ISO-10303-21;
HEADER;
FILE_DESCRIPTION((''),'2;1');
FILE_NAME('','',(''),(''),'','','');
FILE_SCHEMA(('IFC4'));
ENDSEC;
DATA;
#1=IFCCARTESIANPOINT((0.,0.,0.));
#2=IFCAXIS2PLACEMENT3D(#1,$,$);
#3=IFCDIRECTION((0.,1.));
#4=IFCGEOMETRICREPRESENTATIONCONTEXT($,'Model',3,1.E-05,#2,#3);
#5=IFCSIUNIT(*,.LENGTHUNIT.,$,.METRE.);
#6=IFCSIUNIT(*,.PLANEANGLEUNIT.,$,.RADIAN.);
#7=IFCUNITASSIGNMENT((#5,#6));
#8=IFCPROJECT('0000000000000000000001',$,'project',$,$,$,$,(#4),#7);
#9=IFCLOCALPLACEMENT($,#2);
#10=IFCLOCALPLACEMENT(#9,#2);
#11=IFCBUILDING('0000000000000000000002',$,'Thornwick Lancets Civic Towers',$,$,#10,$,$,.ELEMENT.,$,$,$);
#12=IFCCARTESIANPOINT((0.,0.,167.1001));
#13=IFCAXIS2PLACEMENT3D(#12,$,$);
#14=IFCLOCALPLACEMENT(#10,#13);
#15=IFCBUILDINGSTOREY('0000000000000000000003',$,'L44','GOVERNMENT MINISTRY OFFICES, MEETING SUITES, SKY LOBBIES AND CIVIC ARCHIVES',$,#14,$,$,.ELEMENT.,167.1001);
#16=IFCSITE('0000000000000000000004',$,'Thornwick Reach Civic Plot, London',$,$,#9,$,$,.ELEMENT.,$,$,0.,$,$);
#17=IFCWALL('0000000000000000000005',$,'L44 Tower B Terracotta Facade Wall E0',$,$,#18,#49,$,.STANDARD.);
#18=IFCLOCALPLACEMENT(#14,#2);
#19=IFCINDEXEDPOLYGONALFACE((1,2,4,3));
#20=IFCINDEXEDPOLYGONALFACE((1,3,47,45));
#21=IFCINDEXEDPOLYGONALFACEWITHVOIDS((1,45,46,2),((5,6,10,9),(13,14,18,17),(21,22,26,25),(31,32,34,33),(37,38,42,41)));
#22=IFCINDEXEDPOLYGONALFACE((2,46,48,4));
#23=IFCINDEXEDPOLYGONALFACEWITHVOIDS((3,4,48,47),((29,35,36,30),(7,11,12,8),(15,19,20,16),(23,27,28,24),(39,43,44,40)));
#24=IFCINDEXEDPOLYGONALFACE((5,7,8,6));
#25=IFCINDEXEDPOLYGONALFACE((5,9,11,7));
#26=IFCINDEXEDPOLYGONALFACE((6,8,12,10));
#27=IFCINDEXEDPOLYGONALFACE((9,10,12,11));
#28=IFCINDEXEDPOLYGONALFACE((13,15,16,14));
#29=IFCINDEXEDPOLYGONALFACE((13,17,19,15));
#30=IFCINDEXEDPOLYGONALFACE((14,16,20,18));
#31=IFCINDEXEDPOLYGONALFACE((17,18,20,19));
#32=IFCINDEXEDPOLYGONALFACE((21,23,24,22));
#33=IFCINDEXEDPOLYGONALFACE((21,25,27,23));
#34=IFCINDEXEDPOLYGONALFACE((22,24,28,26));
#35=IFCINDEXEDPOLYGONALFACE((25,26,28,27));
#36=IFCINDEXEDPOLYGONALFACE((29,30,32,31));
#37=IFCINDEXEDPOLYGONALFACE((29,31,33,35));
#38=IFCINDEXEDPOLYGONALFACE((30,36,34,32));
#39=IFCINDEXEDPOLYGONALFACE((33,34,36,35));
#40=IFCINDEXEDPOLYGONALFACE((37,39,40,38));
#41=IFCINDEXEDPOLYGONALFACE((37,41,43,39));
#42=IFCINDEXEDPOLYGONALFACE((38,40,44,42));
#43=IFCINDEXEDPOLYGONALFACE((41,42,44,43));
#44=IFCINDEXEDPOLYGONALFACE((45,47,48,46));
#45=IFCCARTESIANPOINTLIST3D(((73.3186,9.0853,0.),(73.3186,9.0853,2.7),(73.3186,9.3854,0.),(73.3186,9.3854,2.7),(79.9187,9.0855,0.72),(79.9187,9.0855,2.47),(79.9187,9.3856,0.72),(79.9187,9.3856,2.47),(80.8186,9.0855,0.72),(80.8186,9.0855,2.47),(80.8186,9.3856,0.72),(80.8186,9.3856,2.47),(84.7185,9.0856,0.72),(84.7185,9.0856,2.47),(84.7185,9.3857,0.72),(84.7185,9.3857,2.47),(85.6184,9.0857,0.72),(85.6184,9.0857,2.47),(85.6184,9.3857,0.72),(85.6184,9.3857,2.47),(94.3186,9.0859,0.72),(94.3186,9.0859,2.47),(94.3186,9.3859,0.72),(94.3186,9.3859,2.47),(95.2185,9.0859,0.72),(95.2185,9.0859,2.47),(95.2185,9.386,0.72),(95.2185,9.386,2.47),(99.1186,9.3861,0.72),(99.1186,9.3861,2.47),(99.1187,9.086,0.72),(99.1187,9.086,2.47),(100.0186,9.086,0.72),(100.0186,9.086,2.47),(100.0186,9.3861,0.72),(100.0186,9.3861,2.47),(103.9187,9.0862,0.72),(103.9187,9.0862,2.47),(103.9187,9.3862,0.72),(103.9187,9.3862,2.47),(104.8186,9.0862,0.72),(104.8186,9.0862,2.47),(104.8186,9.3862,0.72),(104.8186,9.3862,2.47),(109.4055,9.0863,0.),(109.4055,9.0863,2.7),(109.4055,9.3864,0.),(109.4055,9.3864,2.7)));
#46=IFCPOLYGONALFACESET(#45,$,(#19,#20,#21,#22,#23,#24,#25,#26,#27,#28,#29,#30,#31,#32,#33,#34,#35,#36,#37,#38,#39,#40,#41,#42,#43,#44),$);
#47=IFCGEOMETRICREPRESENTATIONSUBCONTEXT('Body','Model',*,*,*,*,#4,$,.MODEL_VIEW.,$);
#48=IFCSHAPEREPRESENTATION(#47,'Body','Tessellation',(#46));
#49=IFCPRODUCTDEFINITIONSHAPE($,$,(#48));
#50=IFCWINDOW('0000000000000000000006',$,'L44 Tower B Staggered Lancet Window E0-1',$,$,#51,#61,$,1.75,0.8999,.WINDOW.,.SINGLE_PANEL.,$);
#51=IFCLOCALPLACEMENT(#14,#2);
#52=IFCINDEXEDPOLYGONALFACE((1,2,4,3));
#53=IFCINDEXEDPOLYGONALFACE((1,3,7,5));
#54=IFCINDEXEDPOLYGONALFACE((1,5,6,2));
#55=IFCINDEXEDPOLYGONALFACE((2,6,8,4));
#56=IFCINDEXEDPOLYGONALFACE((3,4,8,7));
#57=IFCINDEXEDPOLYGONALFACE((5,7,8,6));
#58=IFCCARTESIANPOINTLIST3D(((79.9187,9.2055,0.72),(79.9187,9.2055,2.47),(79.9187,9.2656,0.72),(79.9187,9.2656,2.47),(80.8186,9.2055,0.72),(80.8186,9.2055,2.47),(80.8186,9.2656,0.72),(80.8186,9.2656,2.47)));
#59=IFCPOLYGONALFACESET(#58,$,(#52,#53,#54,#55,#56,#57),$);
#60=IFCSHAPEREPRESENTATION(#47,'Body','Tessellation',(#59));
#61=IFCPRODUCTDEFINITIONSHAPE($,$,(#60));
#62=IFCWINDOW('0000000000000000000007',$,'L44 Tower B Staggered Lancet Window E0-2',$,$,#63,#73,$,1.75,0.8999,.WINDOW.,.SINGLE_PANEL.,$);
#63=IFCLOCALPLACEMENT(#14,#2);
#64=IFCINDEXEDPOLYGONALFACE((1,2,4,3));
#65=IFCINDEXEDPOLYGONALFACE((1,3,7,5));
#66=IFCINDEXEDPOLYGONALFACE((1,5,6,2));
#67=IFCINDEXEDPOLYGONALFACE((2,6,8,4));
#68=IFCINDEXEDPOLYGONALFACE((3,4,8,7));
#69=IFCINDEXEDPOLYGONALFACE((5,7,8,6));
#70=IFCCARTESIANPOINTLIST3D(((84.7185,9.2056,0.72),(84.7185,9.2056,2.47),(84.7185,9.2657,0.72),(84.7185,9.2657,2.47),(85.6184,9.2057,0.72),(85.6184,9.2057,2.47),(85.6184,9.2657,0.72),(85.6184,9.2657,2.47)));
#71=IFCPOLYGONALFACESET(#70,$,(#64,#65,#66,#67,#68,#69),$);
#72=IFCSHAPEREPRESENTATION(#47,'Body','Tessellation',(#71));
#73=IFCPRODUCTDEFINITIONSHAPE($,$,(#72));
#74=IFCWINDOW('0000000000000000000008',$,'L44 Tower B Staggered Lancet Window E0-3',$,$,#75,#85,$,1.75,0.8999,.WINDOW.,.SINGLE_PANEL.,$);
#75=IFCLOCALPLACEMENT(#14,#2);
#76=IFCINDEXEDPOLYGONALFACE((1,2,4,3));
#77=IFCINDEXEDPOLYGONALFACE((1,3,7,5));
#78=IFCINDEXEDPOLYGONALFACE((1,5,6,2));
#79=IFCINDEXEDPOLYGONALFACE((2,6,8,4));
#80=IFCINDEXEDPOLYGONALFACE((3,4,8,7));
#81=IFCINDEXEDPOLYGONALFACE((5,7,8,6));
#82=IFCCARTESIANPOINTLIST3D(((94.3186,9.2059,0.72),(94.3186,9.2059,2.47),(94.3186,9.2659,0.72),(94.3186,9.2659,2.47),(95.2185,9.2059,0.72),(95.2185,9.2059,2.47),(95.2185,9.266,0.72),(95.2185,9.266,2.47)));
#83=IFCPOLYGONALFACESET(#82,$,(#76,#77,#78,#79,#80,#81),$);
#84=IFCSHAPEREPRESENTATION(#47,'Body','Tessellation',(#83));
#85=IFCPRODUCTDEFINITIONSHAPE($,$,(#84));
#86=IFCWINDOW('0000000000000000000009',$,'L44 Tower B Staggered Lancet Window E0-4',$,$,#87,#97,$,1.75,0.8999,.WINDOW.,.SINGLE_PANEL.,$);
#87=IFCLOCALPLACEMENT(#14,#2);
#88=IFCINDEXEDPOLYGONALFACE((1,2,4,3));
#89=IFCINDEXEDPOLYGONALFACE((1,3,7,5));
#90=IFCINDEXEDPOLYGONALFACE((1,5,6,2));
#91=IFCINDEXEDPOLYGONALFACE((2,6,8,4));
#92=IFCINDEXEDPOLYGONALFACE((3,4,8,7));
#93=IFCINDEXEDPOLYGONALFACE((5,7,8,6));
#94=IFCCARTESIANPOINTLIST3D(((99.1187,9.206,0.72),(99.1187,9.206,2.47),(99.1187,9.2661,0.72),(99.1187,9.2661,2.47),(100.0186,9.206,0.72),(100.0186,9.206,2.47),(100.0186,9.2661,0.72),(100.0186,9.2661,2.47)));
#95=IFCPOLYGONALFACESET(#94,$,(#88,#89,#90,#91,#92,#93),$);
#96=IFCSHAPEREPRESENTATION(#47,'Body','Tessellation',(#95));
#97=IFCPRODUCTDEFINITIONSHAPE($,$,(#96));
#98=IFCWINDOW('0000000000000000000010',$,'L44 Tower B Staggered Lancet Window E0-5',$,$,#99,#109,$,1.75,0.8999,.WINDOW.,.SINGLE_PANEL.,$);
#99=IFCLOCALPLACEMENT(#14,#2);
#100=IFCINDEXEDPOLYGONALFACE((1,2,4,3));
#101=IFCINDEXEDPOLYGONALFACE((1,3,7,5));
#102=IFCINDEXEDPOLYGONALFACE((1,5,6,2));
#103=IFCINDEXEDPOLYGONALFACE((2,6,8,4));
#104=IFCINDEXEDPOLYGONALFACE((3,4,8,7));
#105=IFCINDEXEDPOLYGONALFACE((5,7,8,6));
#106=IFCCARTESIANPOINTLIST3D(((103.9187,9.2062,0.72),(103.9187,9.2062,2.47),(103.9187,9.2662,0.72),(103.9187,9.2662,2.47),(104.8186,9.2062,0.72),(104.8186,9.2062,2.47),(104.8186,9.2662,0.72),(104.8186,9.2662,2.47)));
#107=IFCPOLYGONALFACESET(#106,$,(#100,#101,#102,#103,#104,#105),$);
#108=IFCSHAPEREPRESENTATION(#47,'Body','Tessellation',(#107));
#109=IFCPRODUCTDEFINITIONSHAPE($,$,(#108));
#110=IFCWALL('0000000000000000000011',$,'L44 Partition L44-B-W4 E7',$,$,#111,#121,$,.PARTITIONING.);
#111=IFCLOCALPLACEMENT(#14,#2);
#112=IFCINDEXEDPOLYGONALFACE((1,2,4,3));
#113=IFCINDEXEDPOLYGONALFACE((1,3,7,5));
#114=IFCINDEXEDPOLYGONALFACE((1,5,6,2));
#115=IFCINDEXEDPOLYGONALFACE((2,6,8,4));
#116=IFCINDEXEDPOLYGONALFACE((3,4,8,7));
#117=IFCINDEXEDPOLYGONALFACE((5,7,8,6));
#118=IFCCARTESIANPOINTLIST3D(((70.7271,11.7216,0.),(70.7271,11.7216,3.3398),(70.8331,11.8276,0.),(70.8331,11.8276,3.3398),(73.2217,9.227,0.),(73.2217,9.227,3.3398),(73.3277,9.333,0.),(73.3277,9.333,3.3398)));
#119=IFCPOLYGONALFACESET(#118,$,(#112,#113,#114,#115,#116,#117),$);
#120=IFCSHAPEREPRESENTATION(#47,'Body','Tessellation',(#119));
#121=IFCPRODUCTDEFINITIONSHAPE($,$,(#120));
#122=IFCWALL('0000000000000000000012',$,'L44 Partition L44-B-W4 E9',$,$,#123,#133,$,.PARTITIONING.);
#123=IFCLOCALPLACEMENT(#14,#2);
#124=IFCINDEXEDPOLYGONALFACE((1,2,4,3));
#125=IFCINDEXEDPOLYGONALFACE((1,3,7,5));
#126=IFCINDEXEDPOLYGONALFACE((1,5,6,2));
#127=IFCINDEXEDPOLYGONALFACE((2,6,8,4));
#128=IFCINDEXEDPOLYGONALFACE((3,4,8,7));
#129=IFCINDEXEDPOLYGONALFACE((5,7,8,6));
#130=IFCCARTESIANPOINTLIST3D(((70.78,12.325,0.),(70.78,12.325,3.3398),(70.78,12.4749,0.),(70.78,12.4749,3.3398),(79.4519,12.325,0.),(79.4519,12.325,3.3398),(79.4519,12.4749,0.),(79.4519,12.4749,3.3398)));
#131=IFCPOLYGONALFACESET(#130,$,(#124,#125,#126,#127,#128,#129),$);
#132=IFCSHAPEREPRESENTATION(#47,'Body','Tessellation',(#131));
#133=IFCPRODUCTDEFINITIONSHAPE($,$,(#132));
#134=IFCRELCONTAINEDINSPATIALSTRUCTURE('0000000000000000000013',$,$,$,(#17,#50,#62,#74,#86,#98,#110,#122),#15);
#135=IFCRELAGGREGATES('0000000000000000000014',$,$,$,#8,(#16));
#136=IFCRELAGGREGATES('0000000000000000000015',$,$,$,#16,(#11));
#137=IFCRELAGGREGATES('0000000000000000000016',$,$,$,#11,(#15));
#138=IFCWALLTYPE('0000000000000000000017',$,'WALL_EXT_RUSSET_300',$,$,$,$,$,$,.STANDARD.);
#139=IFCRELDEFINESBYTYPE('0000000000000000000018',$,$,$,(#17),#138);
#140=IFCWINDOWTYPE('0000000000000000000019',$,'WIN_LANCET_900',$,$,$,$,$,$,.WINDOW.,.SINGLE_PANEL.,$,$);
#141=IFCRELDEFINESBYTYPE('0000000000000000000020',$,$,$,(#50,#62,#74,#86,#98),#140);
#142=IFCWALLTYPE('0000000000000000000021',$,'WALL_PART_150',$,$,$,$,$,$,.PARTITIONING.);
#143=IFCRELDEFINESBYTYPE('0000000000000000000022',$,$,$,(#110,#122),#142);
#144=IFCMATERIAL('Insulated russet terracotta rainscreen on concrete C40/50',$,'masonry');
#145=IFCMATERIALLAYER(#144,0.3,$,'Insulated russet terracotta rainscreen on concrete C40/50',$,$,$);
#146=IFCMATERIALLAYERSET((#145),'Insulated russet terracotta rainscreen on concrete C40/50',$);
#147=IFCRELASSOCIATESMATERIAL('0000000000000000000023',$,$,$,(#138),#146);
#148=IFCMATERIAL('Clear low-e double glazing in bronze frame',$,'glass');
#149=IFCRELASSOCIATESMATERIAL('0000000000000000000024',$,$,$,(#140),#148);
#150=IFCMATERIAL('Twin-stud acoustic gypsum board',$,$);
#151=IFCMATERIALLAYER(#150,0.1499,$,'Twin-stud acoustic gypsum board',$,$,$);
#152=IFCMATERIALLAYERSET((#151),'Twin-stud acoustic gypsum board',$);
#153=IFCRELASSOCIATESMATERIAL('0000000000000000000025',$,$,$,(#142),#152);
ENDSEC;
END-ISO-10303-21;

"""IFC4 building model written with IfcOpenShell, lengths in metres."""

from ifc_helpers import new_model, si_unit, direction, frame, frame_2d, origin, place, context, subcontext, project, spatial, rectangle, extrude, material, layer, layer_set, type_object, element, fill, save


model = new_model("IFC4")

# Units and contexts
model_context = context("Model", 3, precision=1e-05, world=origin(), true_north=direction((0.0, 1.0)))
body_context = subcontext(model_context, "Body", "Model", "MODEL_VIEW")
ifc_project = project(units=[si_unit("LENGTHUNIT", "METRE"), si_unit("PLANEANGLEUNIT", "RADIAN")], contexts=[model_context])

# Site, building, storey
site_placement = place(None, origin())
site = spatial("IfcSite", under=ifc_project, at=site_placement, Name="Thornwick Reach Civic Plot, London", CompositionType="ELEMENT", RefElevation=0.0)
building_placement = place(site_placement, origin())
building = spatial("IfcBuilding", under=site, at=building_placement, Name="Thornwick Lancets Civic Towers", CompositionType="ELEMENT")
storey_placement = place(building_placement, frame((0.0, 0.0, 167.1001)))
storey = spatial("IfcBuildingStorey", under=building, at=storey_placement, Name="L44", Description="GOVERNMENT MINISTRY OFFICES, MEETING SUITES, SKY LOBBIES AND CIVIC ARCHIVES", CompositionType="ELEMENT", Elevation=167.1001)

# Wall, openings, windows
ifc_material_1 = material(Name="Insulated russet terracotta rainscreen on concrete C40/50", Category="masonry")
ifc_layer_1 = layer(ifc_material_1, 0.3, Name="Insulated russet terracotta rainscreen on concrete C40/50")
ifc_layer_set_1 = layer_set([ifc_layer_1], Name="Insulated russet terracotta rainscreen on concrete C40/50")
wall_type_1 = type_object("IfcWallType", Name="WALL_EXT_RUSSET_300", PredefinedType="STANDARD", material=ifc_layer_set_1)
ifc_material_2 = material(Name="Clear low-e double glazing in bronze frame", Category="glass")
window_type = type_object("IfcWindowType", Name="WIN_LANCET_900", PartitioningType="SINGLE_PANEL", PredefinedType="WINDOW", material=ifc_material_2)
wall_1_placement = place(storey_placement, frame((73.3186, 9.2354, 0.0), z_axis=(0.0, 0.0, 1.0), x_axis=(1.0, 0.000027, 0.0)))
wall_1 = element("IfcWall", 1, at=wall_1_placement, inside=storey, type_object=wall_type_1, Name="L44 Tower B Terracotta Facade Wall E0", PredefinedType="STANDARD", context=body_context, shape_type="SweptSolid", body=[
    extrude(rectangle(XDim=36.0869, YDim=0.3, at=frame_2d((18.0435, 0.0))), origin(), (0.0, 0.0, 1.0), 2.7),
])
opening_1_placement = place(wall_1_placement, frame((6.6001, 0.0, 0.72)))
opening_1 = element("IfcOpeningElement", 2, at=opening_1_placement, cuts=wall_1, PredefinedType="OPENING", context=body_context, shape_type="SweptSolid", body=[
    extrude(rectangle(XDim=0.8999, YDim=1.75, at=frame_2d((0.45, 0.875))), frame((0.0, 0.1602, 0.0), z_axis=(0.0, -1.0, 0.0), x_axis=(1.0, 0.0, 0.0)), (0.0, 0.0, 1.0), 0.3201),
])
opening_2_placement = place(wall_1_placement, frame((11.3999, 0.0, 0.72)))
opening_2 = element("IfcOpeningElement", 3, at=opening_2_placement, cuts=wall_1, PredefinedType="OPENING", context=body_context, shape_type="SweptSolid", body=[
    extrude(rectangle(XDim=0.8999, YDim=1.75, at=frame_2d((0.45, 0.875))), frame((0.0, 0.1602, 0.0), z_axis=(0.0, -1.0, 0.0), x_axis=(1.0, 0.0, 0.0)), (0.0, 0.0, 1.0), 0.3201),
])
opening_3_placement = place(wall_1_placement, frame((21.0, 0.0, 0.72)))
opening_3 = element("IfcOpeningElement", 4, at=opening_3_placement, cuts=wall_1, PredefinedType="OPENING", context=body_context, shape_type="SweptSolid", body=[
    extrude(rectangle(XDim=0.8999, YDim=1.75, at=frame_2d((0.45, 0.875))), frame((0.0, 0.1602, 0.0), z_axis=(0.0, -1.0, 0.0), x_axis=(1.0, 0.0, 0.0)), (0.0, 0.0, 1.0), 0.3201),
])
opening_4_placement = place(wall_1_placement, frame((25.8, 0.0, 0.72)))
opening_4 = element("IfcOpeningElement", 5, at=opening_4_placement, cuts=wall_1, PredefinedType="OPENING", context=body_context, shape_type="SweptSolid", body=[
    extrude(rectangle(XDim=0.8999, YDim=1.75, at=frame_2d((0.45, 0.875))), frame((0.0, 0.1602, 0.0), z_axis=(0.0, -1.0, 0.0), x_axis=(1.0, 0.0, 0.0)), (0.0, 0.0, 1.0), 0.3201),
])
opening_5_placement = place(wall_1_placement, frame((30.6001, 0.0, 0.72)))
opening_5 = element("IfcOpeningElement", 6, at=opening_5_placement, cuts=wall_1, PredefinedType="OPENING", context=body_context, shape_type="SweptSolid", body=[
    extrude(rectangle(XDim=0.8999, YDim=1.75, at=frame_2d((0.45, 0.875))), frame((0.0, 0.1602, 0.0), z_axis=(0.0, -1.0, 0.0), x_axis=(1.0, 0.0, 0.0)), (0.0, 0.0, 1.0), 0.3201),
])
window_1_placement = place(opening_1_placement, origin())
window_1 = element("IfcWindow", 7, at=window_1_placement, inside=storey, type_object=window_type, Name="L44 Tower B Staggered Lancet Window E0-1", OverallHeight=1.75, OverallWidth=0.8999, PartitioningType="SINGLE_PANEL", PredefinedType="WINDOW", context=body_context, shape_type="SweptSolid", body=[
    extrude(rectangle(XDim=0.8999, YDim=1.75, at=frame_2d((0.45, 0.875))), frame((0.0, 0.03, 0.0), z_axis=(0.0, -1.0, 0.0), x_axis=(1.0, 0.0, 0.0)), (0.0, 0.0, 1.0), 0.0601),
])
fill(opening_1, window_1)
window_2_placement = place(opening_2_placement, origin())
window_2 = element("IfcWindow", 8, at=window_2_placement, inside=storey, type_object=window_type, Name="L44 Tower B Staggered Lancet Window E0-2", OverallHeight=1.75, OverallWidth=0.8999, PartitioningType="SINGLE_PANEL", PredefinedType="WINDOW", context=body_context, shape_type="SweptSolid", body=[
    extrude(rectangle(XDim=0.8999, YDim=1.75, at=frame_2d((0.45, 0.875))), frame((0.0, 0.03, 0.0), z_axis=(0.0, -1.0, 0.0), x_axis=(1.0, 0.0, 0.0)), (0.0, 0.0, 1.0), 0.0601),
])
fill(opening_2, window_2)
window_3_placement = place(opening_3_placement, origin())
window_3 = element("IfcWindow", 9, at=window_3_placement, inside=storey, type_object=window_type, Name="L44 Tower B Staggered Lancet Window E0-3", OverallHeight=1.75, OverallWidth=0.8999, PartitioningType="SINGLE_PANEL", PredefinedType="WINDOW", context=body_context, shape_type="SweptSolid", body=[
    extrude(rectangle(XDim=0.8999, YDim=1.75, at=frame_2d((0.45, 0.875))), frame((0.0, 0.03, 0.0), z_axis=(0.0, -1.0, 0.0), x_axis=(1.0, 0.0, 0.0)), (0.0, 0.0, 1.0), 0.0601),
])
fill(opening_3, window_3)
window_4_placement = place(opening_4_placement, origin())
window_4 = element("IfcWindow", 10, at=window_4_placement, inside=storey, type_object=window_type, Name="L44 Tower B Staggered Lancet Window E0-4", OverallHeight=1.75, OverallWidth=0.8999, PartitioningType="SINGLE_PANEL", PredefinedType="WINDOW", context=body_context, shape_type="SweptSolid", body=[
    extrude(rectangle(XDim=0.8999, YDim=1.75, at=frame_2d((0.45, 0.875))), frame((0.0, 0.03, 0.0), z_axis=(0.0, -1.0, 0.0), x_axis=(1.0, 0.0, 0.0)), (0.0, 0.0, 1.0), 0.0601),
])
fill(opening_4, window_4)
window_5_placement = place(opening_5_placement, origin())
window_5 = element("IfcWindow", 11, at=window_5_placement, inside=storey, type_object=window_type, Name="L44 Tower B Staggered Lancet Window E0-5", OverallHeight=1.75, OverallWidth=0.8999, PartitioningType="SINGLE_PANEL", PredefinedType="WINDOW", context=body_context, shape_type="SweptSolid", body=[
    extrude(rectangle(XDim=0.8999, YDim=1.75, at=frame_2d((0.45, 0.875))), frame((0.0, 0.03, 0.0), z_axis=(0.0, -1.0, 0.0), x_axis=(1.0, 0.0, 0.0)), (0.0, 0.0, 1.0), 0.0601),
])
fill(opening_5, window_5)

# Walls
ifc_material_3 = material(Name="Twin-stud acoustic gypsum board")
ifc_layer_2 = layer(ifc_material_3, 0.1499, Name="Twin-stud acoustic gypsum board")
ifc_layer_set_2 = layer_set([ifc_layer_2], Name="Twin-stud acoustic gypsum board")
wall_type_2 = type_object("IfcWallType", Name="WALL_PART_150", PredefinedType="PARTITIONING", material=ifc_layer_set_2)
wall_2_placement = place(storey_placement, frame((73.2747, 9.28, 0.0), z_axis=(0.0, 0.0, 1.0), x_axis=(-0.707107, 0.707107, 0.0)))
element("IfcWall", 12, at=wall_2_placement, inside=storey, type_object=wall_type_2, Name="L44 Partition L44-B-W4 E7", PredefinedType="PARTITIONING", context=body_context, shape_type="SweptSolid", body=[
    extrude(rectangle(XDim=3.5278, YDim=0.1499, at=frame_2d((1.7639, 0.0))), origin(), (0.0, 0.0, 1.0), 3.3398),
])
wall_3_placement = place(storey_placement, frame((70.78, 12.3999, 0.0), z_axis=(0.0, 0.0, 1.0), x_axis=(1.0, 0.0, 0.0)))
element("IfcWall", 13, at=wall_3_placement, inside=storey, type_object=wall_type_2, Name="L44 Partition L44-B-W4 E9", PredefinedType="PARTITIONING", context=body_context, shape_type="SweptSolid", body=[
    extrude(rectangle(XDim=8.6719, YDim=0.1499, at=frame_2d((4.3359, 0.0))), origin(), (0.0, 0.0, 1.0), 3.3398),
])

save(model, "model.ifc")
